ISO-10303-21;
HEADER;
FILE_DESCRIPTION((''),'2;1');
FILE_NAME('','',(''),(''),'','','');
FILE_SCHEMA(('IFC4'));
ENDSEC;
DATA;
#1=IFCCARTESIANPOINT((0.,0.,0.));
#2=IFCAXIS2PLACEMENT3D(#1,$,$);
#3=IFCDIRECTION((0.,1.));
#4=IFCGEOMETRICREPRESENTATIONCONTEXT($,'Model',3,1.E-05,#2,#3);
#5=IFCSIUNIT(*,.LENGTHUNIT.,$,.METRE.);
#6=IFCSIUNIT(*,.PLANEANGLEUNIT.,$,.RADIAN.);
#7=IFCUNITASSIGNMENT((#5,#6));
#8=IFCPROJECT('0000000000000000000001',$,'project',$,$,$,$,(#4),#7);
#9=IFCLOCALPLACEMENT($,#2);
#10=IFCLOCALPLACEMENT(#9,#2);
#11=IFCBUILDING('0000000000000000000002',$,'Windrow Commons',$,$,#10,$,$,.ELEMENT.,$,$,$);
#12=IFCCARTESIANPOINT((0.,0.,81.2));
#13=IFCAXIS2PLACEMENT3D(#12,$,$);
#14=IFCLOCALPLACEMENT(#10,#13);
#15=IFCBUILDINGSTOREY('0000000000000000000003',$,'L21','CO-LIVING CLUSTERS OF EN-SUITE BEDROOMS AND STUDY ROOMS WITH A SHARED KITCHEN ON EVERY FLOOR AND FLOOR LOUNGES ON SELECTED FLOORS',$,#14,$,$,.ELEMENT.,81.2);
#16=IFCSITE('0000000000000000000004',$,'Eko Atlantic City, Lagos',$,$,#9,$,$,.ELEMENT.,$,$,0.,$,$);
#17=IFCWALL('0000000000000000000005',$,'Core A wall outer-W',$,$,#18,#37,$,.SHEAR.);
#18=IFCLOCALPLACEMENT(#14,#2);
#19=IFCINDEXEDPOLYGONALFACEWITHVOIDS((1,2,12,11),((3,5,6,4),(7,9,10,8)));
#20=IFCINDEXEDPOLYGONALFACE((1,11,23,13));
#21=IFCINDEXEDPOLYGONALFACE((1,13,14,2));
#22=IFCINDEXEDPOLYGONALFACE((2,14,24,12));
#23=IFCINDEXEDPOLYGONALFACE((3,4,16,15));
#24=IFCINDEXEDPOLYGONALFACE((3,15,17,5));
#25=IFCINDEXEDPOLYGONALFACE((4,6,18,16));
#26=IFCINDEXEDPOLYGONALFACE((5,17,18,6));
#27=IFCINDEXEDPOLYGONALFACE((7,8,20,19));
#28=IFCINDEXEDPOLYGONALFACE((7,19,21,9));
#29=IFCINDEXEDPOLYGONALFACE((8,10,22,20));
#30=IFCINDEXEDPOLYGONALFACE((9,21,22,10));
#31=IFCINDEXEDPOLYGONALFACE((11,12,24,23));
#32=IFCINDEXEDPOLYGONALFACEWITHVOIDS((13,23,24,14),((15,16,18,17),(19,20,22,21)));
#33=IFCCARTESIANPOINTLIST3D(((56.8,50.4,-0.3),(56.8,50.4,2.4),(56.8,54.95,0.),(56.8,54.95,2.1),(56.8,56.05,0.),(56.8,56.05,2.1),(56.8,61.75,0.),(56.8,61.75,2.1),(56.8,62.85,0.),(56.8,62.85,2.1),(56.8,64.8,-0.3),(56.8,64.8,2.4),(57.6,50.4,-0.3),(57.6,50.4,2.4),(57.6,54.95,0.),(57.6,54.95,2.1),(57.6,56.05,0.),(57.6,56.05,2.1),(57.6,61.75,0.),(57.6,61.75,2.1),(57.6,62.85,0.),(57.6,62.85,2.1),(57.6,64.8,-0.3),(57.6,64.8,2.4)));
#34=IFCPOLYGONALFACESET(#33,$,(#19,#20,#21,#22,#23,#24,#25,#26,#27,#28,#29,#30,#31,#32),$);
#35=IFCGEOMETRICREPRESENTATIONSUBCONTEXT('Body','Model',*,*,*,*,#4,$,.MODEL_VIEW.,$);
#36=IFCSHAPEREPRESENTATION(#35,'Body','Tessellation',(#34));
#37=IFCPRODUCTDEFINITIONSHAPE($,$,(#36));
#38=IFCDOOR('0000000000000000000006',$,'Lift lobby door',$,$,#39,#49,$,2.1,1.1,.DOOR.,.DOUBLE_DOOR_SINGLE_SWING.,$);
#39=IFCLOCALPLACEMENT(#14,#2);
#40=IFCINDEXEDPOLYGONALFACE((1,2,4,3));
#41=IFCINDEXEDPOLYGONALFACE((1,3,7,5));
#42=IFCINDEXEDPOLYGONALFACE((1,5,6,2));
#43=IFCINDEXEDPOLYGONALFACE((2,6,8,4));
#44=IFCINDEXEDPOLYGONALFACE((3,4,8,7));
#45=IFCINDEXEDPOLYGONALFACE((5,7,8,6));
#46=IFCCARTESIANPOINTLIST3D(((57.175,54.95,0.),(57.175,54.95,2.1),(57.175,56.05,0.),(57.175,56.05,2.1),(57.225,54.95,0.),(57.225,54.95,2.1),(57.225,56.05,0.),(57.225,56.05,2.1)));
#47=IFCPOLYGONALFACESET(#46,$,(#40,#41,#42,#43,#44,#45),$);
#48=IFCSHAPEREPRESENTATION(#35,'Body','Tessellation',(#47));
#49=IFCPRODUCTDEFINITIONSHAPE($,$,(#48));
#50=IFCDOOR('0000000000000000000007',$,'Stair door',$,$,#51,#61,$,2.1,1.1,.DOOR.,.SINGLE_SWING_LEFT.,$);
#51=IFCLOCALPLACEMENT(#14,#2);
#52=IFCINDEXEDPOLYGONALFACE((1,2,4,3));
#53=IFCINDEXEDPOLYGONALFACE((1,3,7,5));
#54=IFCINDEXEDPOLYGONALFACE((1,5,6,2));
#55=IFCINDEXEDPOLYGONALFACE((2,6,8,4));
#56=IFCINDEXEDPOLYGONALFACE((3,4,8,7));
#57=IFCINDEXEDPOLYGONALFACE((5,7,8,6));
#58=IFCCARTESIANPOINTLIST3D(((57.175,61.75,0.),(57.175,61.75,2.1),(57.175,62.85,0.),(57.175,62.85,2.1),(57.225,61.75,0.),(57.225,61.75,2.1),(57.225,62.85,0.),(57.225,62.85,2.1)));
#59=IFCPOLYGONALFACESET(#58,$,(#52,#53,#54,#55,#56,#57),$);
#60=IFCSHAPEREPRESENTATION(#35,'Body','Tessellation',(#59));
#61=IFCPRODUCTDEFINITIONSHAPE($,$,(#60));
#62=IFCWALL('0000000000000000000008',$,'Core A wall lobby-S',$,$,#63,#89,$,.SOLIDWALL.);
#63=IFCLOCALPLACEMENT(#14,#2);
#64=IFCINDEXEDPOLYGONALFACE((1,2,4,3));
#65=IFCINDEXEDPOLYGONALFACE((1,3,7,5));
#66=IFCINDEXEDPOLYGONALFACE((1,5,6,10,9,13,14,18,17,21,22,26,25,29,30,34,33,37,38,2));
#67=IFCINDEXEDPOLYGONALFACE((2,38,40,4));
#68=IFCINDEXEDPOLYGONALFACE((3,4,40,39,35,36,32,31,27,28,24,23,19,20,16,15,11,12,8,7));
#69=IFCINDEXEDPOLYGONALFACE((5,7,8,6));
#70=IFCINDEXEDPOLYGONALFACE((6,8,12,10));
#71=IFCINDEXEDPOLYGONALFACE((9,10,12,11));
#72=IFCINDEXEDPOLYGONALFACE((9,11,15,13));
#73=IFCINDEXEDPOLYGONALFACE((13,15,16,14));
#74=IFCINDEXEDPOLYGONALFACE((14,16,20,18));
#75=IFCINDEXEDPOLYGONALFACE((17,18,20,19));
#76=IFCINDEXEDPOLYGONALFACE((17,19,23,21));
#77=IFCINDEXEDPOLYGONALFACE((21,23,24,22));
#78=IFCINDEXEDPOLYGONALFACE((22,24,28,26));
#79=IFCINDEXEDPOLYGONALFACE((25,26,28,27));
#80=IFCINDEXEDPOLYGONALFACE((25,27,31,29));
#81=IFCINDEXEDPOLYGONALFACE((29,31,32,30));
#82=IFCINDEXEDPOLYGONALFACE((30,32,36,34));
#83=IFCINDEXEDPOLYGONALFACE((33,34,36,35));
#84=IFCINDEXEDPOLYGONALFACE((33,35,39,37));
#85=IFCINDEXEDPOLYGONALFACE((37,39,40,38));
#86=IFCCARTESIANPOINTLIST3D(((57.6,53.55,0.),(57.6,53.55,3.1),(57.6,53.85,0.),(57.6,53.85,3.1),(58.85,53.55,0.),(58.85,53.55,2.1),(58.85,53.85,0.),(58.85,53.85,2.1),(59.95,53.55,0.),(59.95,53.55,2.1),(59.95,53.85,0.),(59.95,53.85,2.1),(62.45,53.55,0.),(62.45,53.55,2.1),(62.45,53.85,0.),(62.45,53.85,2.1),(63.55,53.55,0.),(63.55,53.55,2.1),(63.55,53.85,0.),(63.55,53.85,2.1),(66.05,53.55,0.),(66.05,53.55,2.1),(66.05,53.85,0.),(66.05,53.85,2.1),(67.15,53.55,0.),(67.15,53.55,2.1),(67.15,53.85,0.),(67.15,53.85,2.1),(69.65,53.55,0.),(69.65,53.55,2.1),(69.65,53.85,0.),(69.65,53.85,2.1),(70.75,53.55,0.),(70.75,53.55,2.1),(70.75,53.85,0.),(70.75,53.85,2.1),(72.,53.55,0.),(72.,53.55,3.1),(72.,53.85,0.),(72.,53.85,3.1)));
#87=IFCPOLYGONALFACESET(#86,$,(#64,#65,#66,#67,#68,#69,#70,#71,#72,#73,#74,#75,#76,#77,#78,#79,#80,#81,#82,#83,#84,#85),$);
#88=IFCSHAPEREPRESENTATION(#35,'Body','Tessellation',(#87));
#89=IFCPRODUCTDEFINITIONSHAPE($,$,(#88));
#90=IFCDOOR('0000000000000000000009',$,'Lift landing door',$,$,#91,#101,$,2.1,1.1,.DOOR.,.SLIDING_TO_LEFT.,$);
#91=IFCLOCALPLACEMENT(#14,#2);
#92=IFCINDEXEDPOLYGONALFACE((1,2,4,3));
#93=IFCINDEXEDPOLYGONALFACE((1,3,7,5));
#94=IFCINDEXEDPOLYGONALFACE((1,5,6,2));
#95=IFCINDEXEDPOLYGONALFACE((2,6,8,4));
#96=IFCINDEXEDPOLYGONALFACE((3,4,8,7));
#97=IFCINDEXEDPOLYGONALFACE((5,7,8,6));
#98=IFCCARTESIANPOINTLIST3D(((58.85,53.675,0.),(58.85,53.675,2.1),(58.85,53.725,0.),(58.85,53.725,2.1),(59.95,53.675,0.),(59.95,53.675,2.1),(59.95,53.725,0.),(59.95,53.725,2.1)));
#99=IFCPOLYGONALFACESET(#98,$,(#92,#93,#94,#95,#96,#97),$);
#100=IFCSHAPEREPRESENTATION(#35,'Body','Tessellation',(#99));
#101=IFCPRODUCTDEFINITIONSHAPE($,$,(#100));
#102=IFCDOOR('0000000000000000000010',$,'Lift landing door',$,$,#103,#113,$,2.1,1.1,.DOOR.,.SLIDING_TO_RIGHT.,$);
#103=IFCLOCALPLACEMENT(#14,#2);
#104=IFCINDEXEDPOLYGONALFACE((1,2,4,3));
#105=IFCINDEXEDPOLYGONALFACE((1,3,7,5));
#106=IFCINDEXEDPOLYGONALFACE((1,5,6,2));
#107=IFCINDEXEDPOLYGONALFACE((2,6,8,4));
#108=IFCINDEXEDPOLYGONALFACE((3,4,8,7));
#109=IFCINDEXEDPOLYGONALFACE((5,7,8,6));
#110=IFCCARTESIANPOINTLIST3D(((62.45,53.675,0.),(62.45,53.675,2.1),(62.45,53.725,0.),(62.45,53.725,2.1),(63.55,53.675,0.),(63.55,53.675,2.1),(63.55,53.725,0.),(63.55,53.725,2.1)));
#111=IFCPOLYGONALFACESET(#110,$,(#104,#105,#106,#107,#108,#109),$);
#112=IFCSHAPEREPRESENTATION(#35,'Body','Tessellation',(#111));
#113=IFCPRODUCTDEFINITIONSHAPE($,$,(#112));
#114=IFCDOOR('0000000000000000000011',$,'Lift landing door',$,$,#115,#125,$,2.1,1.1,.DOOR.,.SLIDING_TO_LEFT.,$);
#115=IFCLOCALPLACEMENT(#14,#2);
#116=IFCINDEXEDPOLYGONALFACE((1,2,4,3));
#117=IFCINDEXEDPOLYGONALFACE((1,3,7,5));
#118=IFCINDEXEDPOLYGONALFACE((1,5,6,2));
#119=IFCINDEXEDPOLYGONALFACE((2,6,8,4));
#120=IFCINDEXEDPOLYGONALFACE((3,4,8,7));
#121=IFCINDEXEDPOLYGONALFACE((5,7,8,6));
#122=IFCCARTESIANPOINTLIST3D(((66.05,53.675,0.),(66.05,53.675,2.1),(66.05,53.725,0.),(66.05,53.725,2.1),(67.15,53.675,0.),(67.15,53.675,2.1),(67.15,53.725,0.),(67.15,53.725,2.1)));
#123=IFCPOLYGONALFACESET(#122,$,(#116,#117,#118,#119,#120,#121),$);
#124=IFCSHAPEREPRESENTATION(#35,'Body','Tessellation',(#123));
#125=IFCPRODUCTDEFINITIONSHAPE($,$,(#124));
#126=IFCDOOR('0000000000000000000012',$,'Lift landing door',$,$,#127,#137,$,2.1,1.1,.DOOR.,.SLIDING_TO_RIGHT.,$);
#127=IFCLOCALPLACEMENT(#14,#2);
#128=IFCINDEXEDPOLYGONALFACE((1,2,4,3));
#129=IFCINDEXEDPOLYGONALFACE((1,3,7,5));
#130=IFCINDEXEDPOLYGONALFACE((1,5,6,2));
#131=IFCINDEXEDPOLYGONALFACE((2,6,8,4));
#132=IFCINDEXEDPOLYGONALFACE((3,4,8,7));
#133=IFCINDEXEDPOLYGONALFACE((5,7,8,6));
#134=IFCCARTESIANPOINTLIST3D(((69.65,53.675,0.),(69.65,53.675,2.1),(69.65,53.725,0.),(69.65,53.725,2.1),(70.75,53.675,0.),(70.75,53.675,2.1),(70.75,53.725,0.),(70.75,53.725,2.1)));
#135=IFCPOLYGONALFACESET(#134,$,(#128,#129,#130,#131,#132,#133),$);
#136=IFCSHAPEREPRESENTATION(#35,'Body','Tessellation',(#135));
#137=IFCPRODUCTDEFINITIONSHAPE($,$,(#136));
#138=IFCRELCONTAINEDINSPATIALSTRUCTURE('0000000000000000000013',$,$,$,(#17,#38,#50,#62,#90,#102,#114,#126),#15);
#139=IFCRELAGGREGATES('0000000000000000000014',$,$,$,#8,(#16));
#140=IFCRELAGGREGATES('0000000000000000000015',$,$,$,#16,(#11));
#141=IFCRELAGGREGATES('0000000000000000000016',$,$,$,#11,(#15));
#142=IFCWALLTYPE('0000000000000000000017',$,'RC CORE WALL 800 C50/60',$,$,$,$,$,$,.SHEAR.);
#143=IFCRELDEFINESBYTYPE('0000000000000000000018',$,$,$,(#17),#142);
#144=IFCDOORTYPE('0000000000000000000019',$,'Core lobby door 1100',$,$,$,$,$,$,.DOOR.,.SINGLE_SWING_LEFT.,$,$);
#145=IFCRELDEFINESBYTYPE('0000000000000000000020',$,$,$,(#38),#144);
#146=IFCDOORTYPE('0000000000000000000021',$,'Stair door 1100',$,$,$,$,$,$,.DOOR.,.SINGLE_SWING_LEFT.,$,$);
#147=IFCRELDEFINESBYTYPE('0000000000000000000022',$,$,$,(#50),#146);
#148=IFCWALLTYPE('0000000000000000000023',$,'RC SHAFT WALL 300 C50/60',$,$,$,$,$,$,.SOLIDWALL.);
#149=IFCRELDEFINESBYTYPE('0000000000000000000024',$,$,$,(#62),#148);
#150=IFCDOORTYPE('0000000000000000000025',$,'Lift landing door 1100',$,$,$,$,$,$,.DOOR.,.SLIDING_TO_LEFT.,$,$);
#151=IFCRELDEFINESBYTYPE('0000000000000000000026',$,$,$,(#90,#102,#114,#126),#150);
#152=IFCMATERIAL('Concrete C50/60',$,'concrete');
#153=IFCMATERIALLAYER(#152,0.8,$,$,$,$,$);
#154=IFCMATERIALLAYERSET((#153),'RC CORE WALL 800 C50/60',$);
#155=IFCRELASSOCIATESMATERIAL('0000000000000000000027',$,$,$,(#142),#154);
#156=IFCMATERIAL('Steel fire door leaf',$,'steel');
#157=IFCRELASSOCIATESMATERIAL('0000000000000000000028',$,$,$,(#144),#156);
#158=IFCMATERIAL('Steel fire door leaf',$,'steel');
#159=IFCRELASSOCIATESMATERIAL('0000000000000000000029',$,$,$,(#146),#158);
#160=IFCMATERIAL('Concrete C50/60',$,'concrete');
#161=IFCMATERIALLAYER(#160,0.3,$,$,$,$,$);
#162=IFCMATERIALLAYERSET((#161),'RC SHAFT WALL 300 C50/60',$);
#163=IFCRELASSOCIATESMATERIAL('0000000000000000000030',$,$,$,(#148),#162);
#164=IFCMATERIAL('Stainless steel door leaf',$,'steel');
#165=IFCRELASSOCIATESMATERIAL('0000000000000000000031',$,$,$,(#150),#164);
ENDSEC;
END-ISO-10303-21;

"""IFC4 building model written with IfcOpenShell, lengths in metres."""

from ifc_helpers import new_model, si_unit, direction, frame, frame_2d, origin, place, context, subcontext, project, spatial, rectangle, extrude, material, layer, layer_set, type_object, element, fill, save


model = new_model("IFC4")

# Units and contexts
model_context = context("Model", 3, precision=1e-05, world=origin(), true_north=direction((0.0, 1.0)))
body_context = subcontext(model_context, "Body", "Model", "MODEL_VIEW")
ifc_project = project(units=[si_unit("LENGTHUNIT", "METRE"), si_unit("PLANEANGLEUNIT", "RADIAN")], contexts=[model_context])

# Site, building, storey
site_placement = place(None, origin())
site = spatial("IfcSite", under=ifc_project, at=site_placement, Name="Eko Atlantic City, Lagos", CompositionType="ELEMENT", RefElevation=0.0)
building_placement = place(site_placement, origin())
building = spatial("IfcBuilding", under=site, at=building_placement, Name="Windrow Commons", CompositionType="ELEMENT")
storey_placement = place(building_placement, frame((0.0, 0.0, 81.2)))
storey = spatial("IfcBuildingStorey", under=building, at=storey_placement, Name="L21", Description="CO-LIVING CLUSTERS OF EN-SUITE BEDROOMS AND STUDY ROOMS WITH A SHARED KITCHEN ON EVERY FLOOR AND FLOOR LOUNGES ON SELECTED FLOORS", CompositionType="ELEMENT", Elevation=81.2)

# Shared definitions
ifc_material_1 = material(Name="Concrete C50/60", Category="concrete")
ifc_layer_1 = layer(ifc_material_1, 0.8)
ifc_layer_set_1 = layer_set([ifc_layer_1], Name="RC CORE WALL 800 C50/60")
wall_type_1 = type_object("IfcWallType", Name="RC CORE WALL 800 C50/60", PredefinedType="SHEAR", material=ifc_layer_set_1)

# Walls, openings, doors
wall_1_placement = place(storey_placement, frame((57.2, 50.4, -0.3), z_axis=(0.0, 0.0, 1.0), x_axis=(0.0, 1.0, 0.0)))
wall_1 = element("IfcWall", 1, at=wall_1_placement, inside=storey, type_object=wall_type_1, Name="Core A wall outer-W", PredefinedType="SHEAR", context=body_context, shape_type="SweptSolid", body=[
    extrude(rectangle(XDim=14.4, YDim=0.8, at=frame_2d((7.2, 0.0))), origin(), (0.0, 0.0, 1.0), 2.7),
])
opening_1_placement = place(wall_1_placement, frame((4.55, 0.0, 0.3)))
opening_1 = element("IfcOpeningElement", 2, at=opening_1_placement, cuts=wall_1, PredefinedType="OPENING", context=body_context, shape_type="SweptSolid", body=[
    extrude(rectangle(XDim=1.1, YDim=2.1, at=frame_2d((0.55, 1.05))), frame((0.0, 0.41, 0.0), z_axis=(0.0, -1.0, 0.0), x_axis=(1.0, 0.0, 0.0)), (0.0, 0.0, 1.0), 0.82),
])
opening_2_placement = place(wall_1_placement, frame((11.35, 0.0, 0.3)))
opening_2 = element("IfcOpeningElement", 3, at=opening_2_placement, cuts=wall_1, PredefinedType="OPENING", context=body_context, shape_type="SweptSolid", body=[
    extrude(rectangle(XDim=1.1, YDim=2.1, at=frame_2d((0.55, 1.05))), frame((0.0, 0.41, 0.0), z_axis=(0.0, -1.0, 0.0), x_axis=(1.0, 0.0, 0.0)), (0.0, 0.0, 1.0), 0.82),
])
ifc_material_2 = material(Name="Steel fire door leaf", Category="steel")
door_type_1 = type_object("IfcDoorType", Name="Core lobby door 1100", OperationType="SINGLE_SWING_LEFT", PredefinedType="DOOR", material=ifc_material_2)
door_1_placement = place(opening_1_placement, origin())
door_1 = element("IfcDoor", 4, at=door_1_placement, inside=storey, type_object=door_type_1, Name="Lift lobby door", OperationType="DOUBLE_DOOR_SINGLE_SWING", OverallHeight=2.1, OverallWidth=1.1, PredefinedType="DOOR", context=body_context, shape_type="SweptSolid", body=[
    extrude(rectangle(XDim=1.1, YDim=2.1, at=frame_2d((0.55, 1.05))), frame((0.0, 0.025, 0.0), z_axis=(0.0, -1.0, 0.0), x_axis=(1.0, 0.0, 0.0)), (0.0, 0.0, 1.0), 0.05),
])
fill(opening_1, door_1)
ifc_material_3 = material(Name="Steel fire door leaf", Category="steel")
door_type_2 = type_object("IfcDoorType", Name="Stair door 1100", OperationType="SINGLE_SWING_LEFT", PredefinedType="DOOR", material=ifc_material_3)
door_2_placement = place(opening_2_placement, origin())
door_2 = element("IfcDoor", 5, at=door_2_placement, inside=storey, type_object=door_type_2, Name="Stair door", OperationType="SINGLE_SWING_LEFT", OverallHeight=2.1, OverallWidth=1.1, PredefinedType="DOOR", context=body_context, shape_type="SweptSolid", body=[
    extrude(rectangle(XDim=1.1, YDim=2.1, at=frame_2d((0.55, 1.05))), frame((0.0, 0.025, 0.0), z_axis=(0.0, -1.0, 0.0), x_axis=(1.0, 0.0, 0.0)), (0.0, 0.0, 1.0), 0.05),
])
fill(opening_2, door_2)
ifc_material_4 = material(Name="Concrete C50/60", Category="concrete")
ifc_layer_2 = layer(ifc_material_4, 0.3)
ifc_layer_set_2 = layer_set([ifc_layer_2], Name="RC SHAFT WALL 300 C50/60")
wall_type_2 = type_object("IfcWallType", Name="RC SHAFT WALL 300 C50/60", PredefinedType="SOLIDWALL", material=ifc_layer_set_2)
wall_2_placement = place(storey_placement, frame((57.6, 53.7, 0.0), z_axis=(0.0, 0.0, 1.0), x_axis=(1.0, 0.0, 0.0)))
wall_2 = element("IfcWall", 6, at=wall_2_placement, inside=storey, type_object=wall_type_2, Name="Core A wall lobby-S", PredefinedType="SOLIDWALL", context=body_context, shape_type="SweptSolid", body=[
    extrude(rectangle(XDim=14.4, YDim=0.3, at=frame_2d((7.2, 0.0))), origin(), (0.0, 0.0, 1.0), 3.1),
])
opening_3_placement = place(wall_2_placement, frame((1.25, 0.0, 0.0)))
opening_3 = element("IfcOpeningElement", 7, at=opening_3_placement, cuts=wall_2, PredefinedType="OPENING", context=body_context, shape_type="SweptSolid", body=[
    extrude(rectangle(XDim=1.1, YDim=2.1, at=frame_2d((0.55, 1.05))), frame((0.0, 0.16, 0.0), z_axis=(0.0, -1.0, 0.0), x_axis=(1.0, 0.0, 0.0)), (0.0, 0.0, 1.0), 0.32),
])
opening_4_placement = place(wall_2_placement, frame((4.85, 0.0, 0.0)))
opening_4 = element("IfcOpeningElement", 8, at=opening_4_placement, cuts=wall_2, PredefinedType="OPENING", context=body_context, shape_type="SweptSolid", body=[
    extrude(rectangle(XDim=1.1, YDim=2.1, at=frame_2d((0.55, 1.05))), frame((0.0, 0.16, 0.0), z_axis=(0.0, -1.0, 0.0), x_axis=(1.0, 0.0, 0.0)), (0.0, 0.0, 1.0), 0.32),
])
opening_5_placement = place(wall_2_placement, frame((8.45, 0.0, 0.0)))
opening_5 = element("IfcOpeningElement", 9, at=opening_5_placement, cuts=wall_2, PredefinedType="OPENING", context=body_context, shape_type="SweptSolid", body=[
    extrude(rectangle(XDim=1.1, YDim=2.1, at=frame_2d((0.55, 1.05))), frame((0.0, 0.16, 0.0), z_axis=(0.0, -1.0, 0.0), x_axis=(1.0, 0.0, 0.0)), (0.0, 0.0, 1.0), 0.32),
])
opening_6_placement = place(wall_2_placement, frame((12.05, 0.0, 0.0)))
opening_6 = element("IfcOpeningElement", 10, at=opening_6_placement, cuts=wall_2, PredefinedType="OPENING", context=body_context, shape_type="SweptSolid", body=[
    extrude(rectangle(XDim=1.1, YDim=2.1, at=frame_2d((0.55, 1.05))), frame((0.0, 0.16, 0.0), z_axis=(0.0, -1.0, 0.0), x_axis=(1.0, 0.0, 0.0)), (0.0, 0.0, 1.0), 0.32),
])
ifc_material_5 = material(Name="Stainless steel door leaf", Category="steel")
door_type_3 = type_object("IfcDoorType", Name="Lift landing door 1100", OperationType="SLIDING_TO_LEFT", PredefinedType="DOOR", material=ifc_material_5)
door_3_placement = place(opening_3_placement, origin())
door_3 = element("IfcDoor", 11, at=door_3_placement, inside=storey, type_object=door_type_3, Name="Lift landing door", OperationType="SLIDING_TO_LEFT", OverallHeight=2.1, OverallWidth=1.1, PredefinedType="DOOR", context=body_context, shape_type="SweptSolid", body=[
    extrude(rectangle(XDim=1.1, YDim=2.1, at=frame_2d((0.55, 1.05))), frame((0.0, 0.025, 0.0), z_axis=(0.0, -1.0, 0.0), x_axis=(1.0, 0.0, 0.0)), (0.0, 0.0, 1.0), 0.05),
])
fill(opening_3, door_3)
door_4_placement = place(opening_4_placement, origin())
door_4 = element("IfcDoor", 12, at=door_4_placement, inside=storey, type_object=door_type_3, Name="Lift landing door", OperationType="SLIDING_TO_RIGHT", OverallHeight=2.1, OverallWidth=1.1, PredefinedType="DOOR", context=body_context, shape_type="SweptSolid", body=[
    extrude(rectangle(XDim=1.1, YDim=2.1, at=frame_2d((0.55, 1.05))), frame((0.0, 0.025, 0.0), z_axis=(0.0, -1.0, 0.0), x_axis=(1.0, 0.0, 0.0)), (0.0, 0.0, 1.0), 0.05),
])
fill(opening_4, door_4)
door_5_placement = place(opening_5_placement, origin())
door_5 = element("IfcDoor", 13, at=door_5_placement, inside=storey, type_object=door_type_3, Name="Lift landing door", OperationType="SLIDING_TO_LEFT", OverallHeight=2.1, OverallWidth=1.1, PredefinedType="DOOR", context=body_context, shape_type="SweptSolid", body=[
    extrude(rectangle(XDim=1.1, YDim=2.1, at=frame_2d((0.55, 1.05))), frame((0.0, 0.025, 0.0), z_axis=(0.0, -1.0, 0.0), x_axis=(1.0, 0.0, 0.0)), (0.0, 0.0, 1.0), 0.05),
])
fill(opening_5, door_5)
door_6_placement = place(opening_6_placement, origin())
door_6 = element("IfcDoor", 14, at=door_6_placement, inside=storey, type_object=door_type_3, Name="Lift landing door", OperationType="SLIDING_TO_RIGHT", OverallHeight=2.1, OverallWidth=1.1, PredefinedType="DOOR", context=body_context, shape_type="SweptSolid", body=[
    extrude(rectangle(XDim=1.1, YDim=2.1, at=frame_2d((0.55, 1.05))), frame((0.0, 0.025, 0.0), z_axis=(0.0, -1.0, 0.0), x_axis=(1.0, 0.0, 0.0)), (0.0, 0.0, 1.0), 0.05),
])
fill(opening_6, door_6)

save(model, "model.ifc")
